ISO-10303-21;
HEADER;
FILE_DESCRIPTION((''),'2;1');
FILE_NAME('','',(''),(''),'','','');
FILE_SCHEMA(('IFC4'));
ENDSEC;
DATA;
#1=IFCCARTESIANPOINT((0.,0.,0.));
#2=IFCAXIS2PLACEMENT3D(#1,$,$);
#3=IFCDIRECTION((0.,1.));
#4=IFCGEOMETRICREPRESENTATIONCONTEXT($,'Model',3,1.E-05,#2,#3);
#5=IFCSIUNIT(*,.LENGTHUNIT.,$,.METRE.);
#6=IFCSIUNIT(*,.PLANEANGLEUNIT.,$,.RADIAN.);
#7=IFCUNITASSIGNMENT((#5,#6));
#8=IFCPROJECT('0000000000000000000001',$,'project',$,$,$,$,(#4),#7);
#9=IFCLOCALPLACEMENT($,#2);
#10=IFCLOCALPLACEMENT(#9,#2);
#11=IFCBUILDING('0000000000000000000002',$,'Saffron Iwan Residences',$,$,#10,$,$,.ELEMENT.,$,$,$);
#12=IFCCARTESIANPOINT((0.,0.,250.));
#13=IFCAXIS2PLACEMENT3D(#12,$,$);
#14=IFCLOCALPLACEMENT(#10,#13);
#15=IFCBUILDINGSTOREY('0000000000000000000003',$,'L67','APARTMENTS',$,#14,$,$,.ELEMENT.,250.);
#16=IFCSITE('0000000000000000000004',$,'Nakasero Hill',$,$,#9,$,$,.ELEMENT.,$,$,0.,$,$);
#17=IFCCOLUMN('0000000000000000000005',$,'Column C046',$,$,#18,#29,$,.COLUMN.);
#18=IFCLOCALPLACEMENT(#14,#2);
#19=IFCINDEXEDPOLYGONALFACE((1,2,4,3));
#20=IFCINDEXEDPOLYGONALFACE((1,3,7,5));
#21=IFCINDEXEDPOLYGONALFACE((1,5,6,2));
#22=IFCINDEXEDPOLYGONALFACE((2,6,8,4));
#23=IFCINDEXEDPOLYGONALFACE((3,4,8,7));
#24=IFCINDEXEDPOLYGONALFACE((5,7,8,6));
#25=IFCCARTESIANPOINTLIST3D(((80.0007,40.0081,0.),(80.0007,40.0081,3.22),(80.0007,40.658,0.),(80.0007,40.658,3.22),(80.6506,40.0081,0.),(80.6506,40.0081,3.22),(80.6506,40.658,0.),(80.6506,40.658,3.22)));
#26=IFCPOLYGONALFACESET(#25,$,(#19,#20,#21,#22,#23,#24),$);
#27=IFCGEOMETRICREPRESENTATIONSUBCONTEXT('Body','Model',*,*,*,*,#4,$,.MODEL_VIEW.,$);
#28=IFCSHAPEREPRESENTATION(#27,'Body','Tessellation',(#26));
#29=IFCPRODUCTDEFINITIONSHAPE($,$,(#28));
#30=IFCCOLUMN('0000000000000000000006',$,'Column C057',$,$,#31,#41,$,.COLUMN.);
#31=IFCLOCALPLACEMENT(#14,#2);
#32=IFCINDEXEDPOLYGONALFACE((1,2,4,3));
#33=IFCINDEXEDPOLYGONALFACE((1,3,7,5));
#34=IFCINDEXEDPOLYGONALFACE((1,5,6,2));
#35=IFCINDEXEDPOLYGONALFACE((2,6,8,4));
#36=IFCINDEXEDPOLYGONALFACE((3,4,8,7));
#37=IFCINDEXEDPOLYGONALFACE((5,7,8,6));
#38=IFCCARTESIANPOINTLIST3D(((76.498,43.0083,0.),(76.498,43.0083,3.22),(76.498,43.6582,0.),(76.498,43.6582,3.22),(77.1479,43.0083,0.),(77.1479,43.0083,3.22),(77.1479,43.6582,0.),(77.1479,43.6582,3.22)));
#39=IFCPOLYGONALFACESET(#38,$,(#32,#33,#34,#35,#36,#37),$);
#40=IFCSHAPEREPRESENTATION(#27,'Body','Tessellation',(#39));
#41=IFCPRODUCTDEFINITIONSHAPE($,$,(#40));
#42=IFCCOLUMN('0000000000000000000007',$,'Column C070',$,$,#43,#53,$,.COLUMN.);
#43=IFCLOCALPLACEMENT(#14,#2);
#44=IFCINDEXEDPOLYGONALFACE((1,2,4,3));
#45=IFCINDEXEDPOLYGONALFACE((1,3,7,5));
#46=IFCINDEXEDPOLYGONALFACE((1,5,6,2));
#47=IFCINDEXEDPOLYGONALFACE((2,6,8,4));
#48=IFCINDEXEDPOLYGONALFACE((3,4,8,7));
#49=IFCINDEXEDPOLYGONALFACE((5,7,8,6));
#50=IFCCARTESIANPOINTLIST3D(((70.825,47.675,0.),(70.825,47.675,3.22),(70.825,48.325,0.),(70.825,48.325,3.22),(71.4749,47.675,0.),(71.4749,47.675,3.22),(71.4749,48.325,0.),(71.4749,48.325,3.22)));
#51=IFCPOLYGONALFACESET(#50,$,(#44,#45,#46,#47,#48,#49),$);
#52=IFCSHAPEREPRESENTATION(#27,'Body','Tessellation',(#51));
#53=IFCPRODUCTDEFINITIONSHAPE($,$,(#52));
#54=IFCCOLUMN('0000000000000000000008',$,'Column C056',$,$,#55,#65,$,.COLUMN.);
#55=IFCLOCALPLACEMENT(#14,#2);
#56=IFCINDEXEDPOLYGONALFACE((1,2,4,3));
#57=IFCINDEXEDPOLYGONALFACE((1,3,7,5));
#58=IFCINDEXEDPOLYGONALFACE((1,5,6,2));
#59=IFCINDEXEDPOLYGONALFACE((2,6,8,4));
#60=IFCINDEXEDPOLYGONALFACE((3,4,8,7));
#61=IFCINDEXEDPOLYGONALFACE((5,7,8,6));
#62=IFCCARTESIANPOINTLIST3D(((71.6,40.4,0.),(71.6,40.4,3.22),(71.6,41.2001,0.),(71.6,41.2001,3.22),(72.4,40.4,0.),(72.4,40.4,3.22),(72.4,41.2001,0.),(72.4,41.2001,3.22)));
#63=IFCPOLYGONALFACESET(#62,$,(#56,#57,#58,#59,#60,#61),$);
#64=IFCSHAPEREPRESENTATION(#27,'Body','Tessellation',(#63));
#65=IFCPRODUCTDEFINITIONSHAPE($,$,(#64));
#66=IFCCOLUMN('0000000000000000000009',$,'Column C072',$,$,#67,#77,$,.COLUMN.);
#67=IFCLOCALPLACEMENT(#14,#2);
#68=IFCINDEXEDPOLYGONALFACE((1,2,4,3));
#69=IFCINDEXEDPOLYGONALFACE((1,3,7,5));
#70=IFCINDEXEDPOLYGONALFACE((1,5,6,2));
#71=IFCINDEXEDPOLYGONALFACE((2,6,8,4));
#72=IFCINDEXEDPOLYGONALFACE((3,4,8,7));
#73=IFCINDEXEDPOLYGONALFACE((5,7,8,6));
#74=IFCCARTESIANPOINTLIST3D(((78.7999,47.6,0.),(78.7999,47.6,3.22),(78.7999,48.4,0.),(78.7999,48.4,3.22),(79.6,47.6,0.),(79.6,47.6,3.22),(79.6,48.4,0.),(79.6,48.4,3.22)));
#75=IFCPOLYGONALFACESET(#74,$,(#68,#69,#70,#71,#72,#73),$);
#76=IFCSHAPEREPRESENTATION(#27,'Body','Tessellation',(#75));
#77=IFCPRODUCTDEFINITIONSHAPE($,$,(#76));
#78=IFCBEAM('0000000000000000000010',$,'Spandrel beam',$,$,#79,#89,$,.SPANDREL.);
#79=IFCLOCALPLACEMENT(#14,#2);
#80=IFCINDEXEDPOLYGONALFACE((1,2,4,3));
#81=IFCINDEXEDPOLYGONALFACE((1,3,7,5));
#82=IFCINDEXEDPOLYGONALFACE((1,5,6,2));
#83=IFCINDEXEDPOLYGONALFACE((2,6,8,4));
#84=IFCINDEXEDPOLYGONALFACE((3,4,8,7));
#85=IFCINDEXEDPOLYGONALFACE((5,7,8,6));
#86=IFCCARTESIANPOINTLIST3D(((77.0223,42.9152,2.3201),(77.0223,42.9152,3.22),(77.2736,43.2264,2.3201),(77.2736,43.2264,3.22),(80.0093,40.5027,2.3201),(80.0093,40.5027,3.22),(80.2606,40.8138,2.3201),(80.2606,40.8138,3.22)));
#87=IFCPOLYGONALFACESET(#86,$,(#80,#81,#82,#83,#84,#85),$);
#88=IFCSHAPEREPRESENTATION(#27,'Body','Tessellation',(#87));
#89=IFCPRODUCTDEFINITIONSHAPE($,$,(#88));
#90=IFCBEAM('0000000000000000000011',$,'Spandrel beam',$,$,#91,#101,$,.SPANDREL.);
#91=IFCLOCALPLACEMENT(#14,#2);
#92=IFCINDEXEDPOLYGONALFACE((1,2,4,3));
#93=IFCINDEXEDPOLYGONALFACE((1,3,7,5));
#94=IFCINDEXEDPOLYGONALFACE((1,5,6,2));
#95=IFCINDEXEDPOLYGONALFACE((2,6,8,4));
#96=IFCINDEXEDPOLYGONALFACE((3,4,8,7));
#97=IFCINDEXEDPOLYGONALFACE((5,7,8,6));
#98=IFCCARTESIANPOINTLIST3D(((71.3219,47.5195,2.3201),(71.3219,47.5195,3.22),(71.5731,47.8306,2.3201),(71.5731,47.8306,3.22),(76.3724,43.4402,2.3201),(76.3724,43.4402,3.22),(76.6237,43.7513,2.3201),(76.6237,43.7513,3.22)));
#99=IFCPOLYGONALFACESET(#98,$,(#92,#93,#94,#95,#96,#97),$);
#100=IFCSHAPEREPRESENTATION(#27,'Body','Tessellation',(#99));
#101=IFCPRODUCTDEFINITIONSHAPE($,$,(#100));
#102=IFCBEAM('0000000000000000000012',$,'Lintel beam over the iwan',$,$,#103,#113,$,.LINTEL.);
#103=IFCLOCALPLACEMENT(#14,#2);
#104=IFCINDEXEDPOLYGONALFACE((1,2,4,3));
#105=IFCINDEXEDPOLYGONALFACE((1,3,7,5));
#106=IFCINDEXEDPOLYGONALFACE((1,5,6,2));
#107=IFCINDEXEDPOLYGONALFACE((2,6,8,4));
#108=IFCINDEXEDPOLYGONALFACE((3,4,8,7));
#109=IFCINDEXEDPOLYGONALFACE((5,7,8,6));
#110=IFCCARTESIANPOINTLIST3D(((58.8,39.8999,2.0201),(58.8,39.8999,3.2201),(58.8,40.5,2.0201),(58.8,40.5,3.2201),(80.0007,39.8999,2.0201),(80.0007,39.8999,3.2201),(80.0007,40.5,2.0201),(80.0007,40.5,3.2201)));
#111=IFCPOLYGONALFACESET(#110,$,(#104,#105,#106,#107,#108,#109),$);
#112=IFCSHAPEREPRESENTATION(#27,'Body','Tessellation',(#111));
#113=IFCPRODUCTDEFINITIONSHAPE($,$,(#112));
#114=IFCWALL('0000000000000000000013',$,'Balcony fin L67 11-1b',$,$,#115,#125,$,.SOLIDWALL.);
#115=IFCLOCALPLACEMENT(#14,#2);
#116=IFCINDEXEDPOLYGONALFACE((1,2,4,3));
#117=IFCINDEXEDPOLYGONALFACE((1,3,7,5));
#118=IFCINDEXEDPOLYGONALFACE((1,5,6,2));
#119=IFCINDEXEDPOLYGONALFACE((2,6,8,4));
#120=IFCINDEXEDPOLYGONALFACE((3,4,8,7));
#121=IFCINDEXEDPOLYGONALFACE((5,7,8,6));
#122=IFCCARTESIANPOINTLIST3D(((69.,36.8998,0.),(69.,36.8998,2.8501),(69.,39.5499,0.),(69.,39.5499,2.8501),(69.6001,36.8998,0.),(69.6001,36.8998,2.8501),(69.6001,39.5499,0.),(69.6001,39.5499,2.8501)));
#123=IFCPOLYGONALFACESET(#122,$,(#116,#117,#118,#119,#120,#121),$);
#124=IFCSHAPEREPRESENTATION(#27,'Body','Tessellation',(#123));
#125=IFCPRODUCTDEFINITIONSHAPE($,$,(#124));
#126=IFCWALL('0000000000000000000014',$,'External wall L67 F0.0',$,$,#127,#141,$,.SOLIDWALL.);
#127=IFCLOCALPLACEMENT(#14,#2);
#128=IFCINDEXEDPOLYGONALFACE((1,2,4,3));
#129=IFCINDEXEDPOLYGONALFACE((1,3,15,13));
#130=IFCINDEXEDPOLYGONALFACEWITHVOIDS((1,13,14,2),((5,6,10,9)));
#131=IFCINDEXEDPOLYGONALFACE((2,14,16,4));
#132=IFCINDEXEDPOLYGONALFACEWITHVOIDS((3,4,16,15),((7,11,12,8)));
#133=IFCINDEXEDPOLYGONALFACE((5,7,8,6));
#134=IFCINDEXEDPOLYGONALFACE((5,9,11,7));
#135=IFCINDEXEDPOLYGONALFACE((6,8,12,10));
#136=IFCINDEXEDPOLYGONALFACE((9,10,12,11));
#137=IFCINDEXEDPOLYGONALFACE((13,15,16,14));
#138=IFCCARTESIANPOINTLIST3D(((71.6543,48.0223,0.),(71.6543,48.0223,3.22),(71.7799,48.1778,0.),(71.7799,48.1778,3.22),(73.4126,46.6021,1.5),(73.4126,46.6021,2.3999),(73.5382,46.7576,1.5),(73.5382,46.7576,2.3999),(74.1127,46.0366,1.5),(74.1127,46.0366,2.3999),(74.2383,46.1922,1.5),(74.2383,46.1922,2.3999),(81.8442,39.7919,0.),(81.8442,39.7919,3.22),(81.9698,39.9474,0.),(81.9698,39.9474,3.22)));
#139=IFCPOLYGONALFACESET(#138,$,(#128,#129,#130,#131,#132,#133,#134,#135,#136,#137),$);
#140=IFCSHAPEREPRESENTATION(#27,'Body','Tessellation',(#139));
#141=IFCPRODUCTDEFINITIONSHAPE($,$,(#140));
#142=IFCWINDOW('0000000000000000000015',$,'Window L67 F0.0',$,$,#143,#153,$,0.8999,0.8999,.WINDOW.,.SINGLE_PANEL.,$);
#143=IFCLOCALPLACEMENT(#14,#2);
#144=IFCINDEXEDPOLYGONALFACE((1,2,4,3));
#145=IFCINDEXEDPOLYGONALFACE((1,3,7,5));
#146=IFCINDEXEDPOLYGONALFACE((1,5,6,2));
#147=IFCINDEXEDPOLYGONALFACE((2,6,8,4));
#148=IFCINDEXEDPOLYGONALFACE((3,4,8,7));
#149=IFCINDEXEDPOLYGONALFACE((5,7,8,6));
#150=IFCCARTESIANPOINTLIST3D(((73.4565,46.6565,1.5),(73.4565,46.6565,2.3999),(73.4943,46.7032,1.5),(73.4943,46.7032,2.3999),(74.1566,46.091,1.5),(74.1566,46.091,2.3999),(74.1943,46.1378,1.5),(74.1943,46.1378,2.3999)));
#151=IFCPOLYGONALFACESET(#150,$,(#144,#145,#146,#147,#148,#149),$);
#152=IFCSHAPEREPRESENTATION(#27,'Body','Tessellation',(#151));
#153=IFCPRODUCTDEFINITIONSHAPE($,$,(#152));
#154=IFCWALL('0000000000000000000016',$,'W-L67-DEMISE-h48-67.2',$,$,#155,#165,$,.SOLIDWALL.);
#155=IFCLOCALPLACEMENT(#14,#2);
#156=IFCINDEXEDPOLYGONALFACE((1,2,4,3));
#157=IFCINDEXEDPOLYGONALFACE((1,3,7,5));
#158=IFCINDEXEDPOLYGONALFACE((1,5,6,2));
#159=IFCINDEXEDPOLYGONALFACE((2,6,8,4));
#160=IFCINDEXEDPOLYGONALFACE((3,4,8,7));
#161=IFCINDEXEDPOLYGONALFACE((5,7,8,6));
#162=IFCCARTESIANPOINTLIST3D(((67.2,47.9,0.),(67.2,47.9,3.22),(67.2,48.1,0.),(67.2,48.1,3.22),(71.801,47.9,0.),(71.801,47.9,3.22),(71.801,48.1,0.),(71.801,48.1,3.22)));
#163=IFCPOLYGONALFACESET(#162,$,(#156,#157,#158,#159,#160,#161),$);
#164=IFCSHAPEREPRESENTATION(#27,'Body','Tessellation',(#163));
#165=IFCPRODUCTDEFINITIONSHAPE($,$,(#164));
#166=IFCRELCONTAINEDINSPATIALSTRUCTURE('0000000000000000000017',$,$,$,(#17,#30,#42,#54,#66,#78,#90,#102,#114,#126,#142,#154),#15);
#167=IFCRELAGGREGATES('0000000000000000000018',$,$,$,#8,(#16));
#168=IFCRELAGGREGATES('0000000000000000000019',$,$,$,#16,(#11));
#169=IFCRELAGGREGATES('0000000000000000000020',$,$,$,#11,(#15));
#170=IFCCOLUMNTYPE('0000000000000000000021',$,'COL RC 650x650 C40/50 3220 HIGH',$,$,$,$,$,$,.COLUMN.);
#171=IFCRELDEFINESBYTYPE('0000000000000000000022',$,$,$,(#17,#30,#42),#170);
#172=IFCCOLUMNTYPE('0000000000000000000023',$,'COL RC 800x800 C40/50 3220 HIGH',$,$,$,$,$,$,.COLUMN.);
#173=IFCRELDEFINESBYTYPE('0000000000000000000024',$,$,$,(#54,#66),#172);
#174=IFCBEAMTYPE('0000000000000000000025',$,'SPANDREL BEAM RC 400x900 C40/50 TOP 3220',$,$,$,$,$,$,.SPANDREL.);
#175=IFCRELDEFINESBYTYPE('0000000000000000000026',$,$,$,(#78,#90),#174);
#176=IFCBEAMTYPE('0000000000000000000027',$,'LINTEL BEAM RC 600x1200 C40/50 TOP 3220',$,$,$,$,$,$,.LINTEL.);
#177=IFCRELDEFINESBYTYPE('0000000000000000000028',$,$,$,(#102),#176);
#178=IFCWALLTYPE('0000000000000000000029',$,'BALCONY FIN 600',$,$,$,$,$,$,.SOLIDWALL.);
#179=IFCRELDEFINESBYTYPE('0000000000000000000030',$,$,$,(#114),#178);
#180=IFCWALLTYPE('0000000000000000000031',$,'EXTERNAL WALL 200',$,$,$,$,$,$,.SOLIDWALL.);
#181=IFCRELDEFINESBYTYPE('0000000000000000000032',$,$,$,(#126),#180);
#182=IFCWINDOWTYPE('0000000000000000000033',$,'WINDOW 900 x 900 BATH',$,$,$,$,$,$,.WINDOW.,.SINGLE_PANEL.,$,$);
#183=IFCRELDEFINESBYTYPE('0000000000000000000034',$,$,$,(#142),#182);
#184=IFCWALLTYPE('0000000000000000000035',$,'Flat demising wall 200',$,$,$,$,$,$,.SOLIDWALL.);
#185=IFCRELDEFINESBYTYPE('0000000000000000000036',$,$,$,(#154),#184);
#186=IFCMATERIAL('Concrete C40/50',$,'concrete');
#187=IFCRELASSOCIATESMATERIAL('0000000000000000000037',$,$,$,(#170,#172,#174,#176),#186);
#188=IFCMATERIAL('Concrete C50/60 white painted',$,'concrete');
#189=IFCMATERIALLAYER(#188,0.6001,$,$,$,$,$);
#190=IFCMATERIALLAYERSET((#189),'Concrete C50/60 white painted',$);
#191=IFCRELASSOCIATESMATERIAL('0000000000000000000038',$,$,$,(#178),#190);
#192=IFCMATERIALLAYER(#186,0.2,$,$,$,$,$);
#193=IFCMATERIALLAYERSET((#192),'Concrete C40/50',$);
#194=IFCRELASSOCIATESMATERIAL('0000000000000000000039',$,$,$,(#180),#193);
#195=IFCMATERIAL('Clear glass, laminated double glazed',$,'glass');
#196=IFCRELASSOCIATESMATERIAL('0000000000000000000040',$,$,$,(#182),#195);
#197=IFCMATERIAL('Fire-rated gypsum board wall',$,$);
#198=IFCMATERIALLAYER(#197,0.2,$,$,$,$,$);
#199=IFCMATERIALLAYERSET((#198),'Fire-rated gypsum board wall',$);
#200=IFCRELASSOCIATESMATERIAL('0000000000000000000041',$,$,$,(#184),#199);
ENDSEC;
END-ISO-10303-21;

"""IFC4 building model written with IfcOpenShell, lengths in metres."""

from ifc_helpers import new_model, si_unit, direction, frame, frame_2d, origin, origin_2d, place, context, subcontext, project, spatial, rectangle, extrude, source, transform, mapped, material, layer, layer_set, material_profile, profile_set, type_object, element, fill, save


model = new_model("IFC4")

# Units and contexts
model_context = context("Model", 3, precision=1e-05, world=origin(), true_north=direction((0.0, 1.0)))
body_context = subcontext(model_context, "Body", "Model", "MODEL_VIEW")
ifc_project = project(units=[si_unit("LENGTHUNIT", "METRE"), si_unit("PLANEANGLEUNIT", "RADIAN")], contexts=[model_context])

# Site, building, storey
site_placement = place(None, origin())
site = spatial("IfcSite", under=ifc_project, at=site_placement, Name="Nakasero Hill", CompositionType="ELEMENT", RefElevation=0.0)
building_placement = place(site_placement, origin())
building = spatial("IfcBuilding", under=site, at=building_placement, Name="Saffron Iwan Residences", CompositionType="ELEMENT")
storey_placement = place(building_placement, frame((0.0, 0.0, 250.0)))
storey = spatial("IfcBuildingStorey", under=building, at=storey_placement, Name="L67", Description="APARTMENTS", CompositionType="ELEMENT", Elevation=250.0)

# Columns
ifc_material_1 = material(Name="Concrete C40/50", Category="concrete")
ifc_material_profile_1 = material_profile(ifc_material_1, rectangle(XDim=0.6499, YDim=0.6499, at=origin_2d()), Name="RC 650x650")
ifc_profile_set_1 = profile_set([ifc_material_profile_1], Name="Concrete C40/50")
column_type_1 = type_object("IfcColumnType", Name="COL RC 650x650 C40/50 3220 HIGH", PredefinedType="COLUMN", material=ifc_profile_set_1)
shared_shape_1 = source(origin(), body_context, "Body", "SweptSolid", [
    extrude(rectangle(XDim=0.6499, YDim=0.6499, at=origin_2d()), origin(), (0.0, 0.0, 1.0), 3.22),
])
for number, where, z_axis, x_axis, name in (
    (1, (80.3257, 40.333, 0.0), (0.0, 0.0, 1.0), (1.0, 0.0, 0.0), "Column C046"),
    (2, (76.823, 43.3333, 0.0), (0.0, 0.0, 1.0), (1.0, 0.0, 0.0), "Column C057"),
    (3, (71.1499, 48.0, 0.0), (0.0, 0.0, 1.0), (1.0, 0.0, 0.0), "Column C070"),
):
    element("IfcColumn", number, at=place(storey_placement, frame(where, z_axis=z_axis, x_axis=x_axis)), inside=storey, type_object=column_type_1, Name=name, PredefinedType="COLUMN", context=body_context, shape_type="MappedRepresentation", body=[
        mapped(shared_shape_1, transform((0.0, 0.0, 0.0))),
    ])
ifc_material_profile_2 = material_profile(ifc_material_1, rectangle(XDim=0.8, YDim=0.8, at=origin_2d()), Name="RC 800x800")
ifc_profile_set_2 = profile_set([ifc_material_profile_2], Name="Concrete C40/50")
column_type_2 = type_object("IfcColumnType", Name="COL RC 800x800 C40/50 3220 HIGH", PredefinedType="COLUMN", material=ifc_profile_set_2)
shared_shape_2 = source(origin(), body_context, "Body", "SweptSolid", [
    extrude(rectangle(XDim=0.8, YDim=0.8, at=origin_2d()), origin(), (0.0, 0.0, 1.0), 3.22),
])
for number, where, z_axis, x_axis, name in (
    (4, (72.0, 40.8, 0.0), (0.0, 0.0, 1.0), (1.0, 0.0, 0.0), "Column C056"),
    (5, (79.2, 48.0, 0.0), (0.0, 0.0, 1.0), (1.0, 0.0, 0.0), "Column C072"),
):
    element("IfcColumn", number, at=place(storey_placement, frame(where, z_axis=z_axis, x_axis=x_axis)), inside=storey, type_object=column_type_2, Name=name, PredefinedType="COLUMN", context=body_context, shape_type="MappedRepresentation", body=[
        mapped(shared_shape_2, transform((0.0, 0.0, 0.0))),
    ])

# Beams
ifc_material_profile_3 = material_profile(ifc_material_1, rectangle(XDim=0.3999, YDim=0.8999, at=origin_2d()), Name="RC 400x900")
ifc_profile_set_3 = profile_set([ifc_material_profile_3], Name="Concrete C40/50")
beam_type_1 = type_object("IfcBeamType", Name="SPANDREL BEAM RC 400x900 C40/50 TOP 3220", PredefinedType="SPANDREL", material=ifc_profile_set_3)
shared_shape_3 = source(origin(), body_context, "Body", "SweptSolid", [
    extrude(rectangle(XDim=0.3999, YDim=0.8999, at=origin_2d()), origin(), (0.0, 0.0, 1.0), 3.8396),
])
beam_1_placement = place(storey_placement, frame((77.1479, 43.0708, 2.77), z_axis=(0.777945, -0.628333, 0.0), x_axis=(0.628333, 0.777945, 0.0)))
element("IfcBeam", 6, at=beam_1_placement, inside=storey, type_object=beam_type_1, Name="Spandrel beam", PredefinedType="SPANDREL", context=body_context, shape_type="MappedRepresentation", body=[
    mapped(shared_shape_3, transform((0.0, 0.0, 0.0))),
])
shared_shape_4 = source(origin(), body_context, "Body", "SweptSolid", [
    extrude(rectangle(XDim=0.3999, YDim=0.8999, at=origin_2d()), origin(), (0.0, 0.0, 1.0), 6.4922),
])
beam_2_placement = place(storey_placement, frame((71.4475, 47.675, 2.77), z_axis=(0.777936, -0.628343, 0.0), x_axis=(0.628343, 0.777936, 0.0)))
element("IfcBeam", 7, at=beam_2_placement, inside=storey, type_object=beam_type_1, Name="Spandrel beam", PredefinedType="SPANDREL", context=body_context, shape_type="MappedRepresentation", body=[
    mapped(shared_shape_4, transform((0.0, 0.0, 0.0))),
])
ifc_material_profile_4 = material_profile(ifc_material_1, rectangle(XDim=0.6001, YDim=1.2, at=origin_2d()), Name="RC 600x1200")
ifc_profile_set_4 = profile_set([ifc_material_profile_4], Name="Concrete C40/50")
beam_type_2 = type_object("IfcBeamType", Name="LINTEL BEAM RC 600x1200 C40/50 TOP 3220", PredefinedType="LINTEL", material=ifc_profile_set_4)
shared_shape_5 = source(origin(), body_context, "Body", "SweptSolid", [
    extrude(rectangle(XDim=0.6001, YDim=1.2, at=origin_2d()), origin(), (0.0, 0.0, 1.0), 21.2007),
])
beam_3_placement = place(storey_placement, frame((80.0007, 40.2, 2.6201), z_axis=(-1.0, 0.0, 0.0), x_axis=(0.0, -1.0, 0.0)))
element("IfcBeam", 8, at=beam_3_placement, inside=storey, type_object=beam_type_2, Name="Lintel beam over the iwan", PredefinedType="LINTEL", context=body_context, shape_type="MappedRepresentation", body=[
    mapped(shared_shape_5, transform((0.0, 0.0, 0.0))),
])

# Wall
ifc_material_2 = material(Name="Concrete C50/60 white painted", Category="concrete")
ifc_layer_1 = layer(ifc_material_2, 0.6001)
ifc_layer_set_1 = layer_set([ifc_layer_1], Name="Concrete C50/60 white painted")
wall_type_1 = type_object("IfcWallType", Name="BALCONY FIN 600", PredefinedType="SOLIDWALL", material=ifc_layer_set_1)
wall_1_placement = place(storey_placement, frame((69.3, 39.55, 0.0), z_axis=(0.0, 0.0, 1.0), x_axis=(0.0, -1.0, 0.0)))
element("IfcWall", 9, at=wall_1_placement, inside=storey, type_object=wall_type_1, Name="Balcony fin L67 11-1b", PredefinedType="SOLIDWALL", context=body_context, shape_type="SweptSolid", body=[
    extrude(rectangle(XDim=2.6501, YDim=0.6001, at=frame_2d((1.3252, 0.0))), origin(), (0.0, 0.0, 1.0), 2.8501),
])

# Wall, opening, window
ifc_layer_2 = layer(ifc_material_1, 0.2)
ifc_layer_set_2 = layer_set([ifc_layer_2], Name="Concrete C40/50")
wall_type_2 = type_object("IfcWallType", Name="EXTERNAL WALL 200", PredefinedType="SOLIDWALL", material=ifc_layer_set_2)
wall_2_placement = place(storey_placement, frame((81.907, 39.8696, 0.0), z_axis=(0.0, 0.0, 1.0), x_axis=(-0.777936, 0.628343, 0.0)))
wall_2 = element("IfcWall", 10, at=wall_2_placement, inside=storey, type_object=wall_type_2, Name="External wall L67 F0.0", PredefinedType="SOLIDWALL", context=body_context, shape_type="SweptSolid", body=[
    extrude(rectangle(XDim=13.0986, YDim=0.2, at=frame_2d((6.5493, 0.0))), origin(), (0.0, 0.0, 1.0), 3.22),
])
opening_1_placement = place(wall_2_placement, frame((9.9385, 0.0, 1.5)))
opening_1 = element("IfcOpeningElement", 11, at=opening_1_placement, cuts=wall_2, PredefinedType="OPENING", context=body_context, shape_type="SweptSolid", body=[
    extrude(rectangle(XDim=0.8999, YDim=0.8999, at=frame_2d((0.45, 0.45))), frame((0.0, 0.1099, 0.0), z_axis=(0.0, -1.0, 0.0), x_axis=(1.0, 0.0, 0.0)), (0.0, 0.0, 1.0), 0.22),
])
ifc_material_3 = material(Name="Clear glass, laminated double glazed", Category="glass")
window_type = type_object("IfcWindowType", Name="WINDOW 900 x 900 BATH", PartitioningType="SINGLE_PANEL", PredefinedType="WINDOW", material=ifc_material_3)
window_placement = place(opening_1_placement, origin())
window = element("IfcWindow", 12, at=window_placement, inside=storey, type_object=window_type, Name="Window L67 F0.0", OverallHeight=0.8999, OverallWidth=0.8999, PartitioningType="SINGLE_PANEL", PredefinedType="WINDOW", context=body_context, shape_type="SweptSolid", body=[
    extrude(rectangle(XDim=0.8999, YDim=0.8999, at=frame_2d((0.45, 0.45))), frame((0.0, 0.03, 0.0), z_axis=(0.0, -1.0, 0.0), x_axis=(1.0, 0.0, 0.0)), (0.0, 0.0, 1.0), 0.0601),
])
fill(opening_1, window)

# Wall
ifc_material_4 = material(Name="Fire-rated gypsum board wall")
ifc_layer_3 = layer(ifc_material_4, 0.2)
ifc_layer_set_3 = layer_set([ifc_layer_3], Name="Fire-rated gypsum board wall")
wall_type_3 = type_object("IfcWallType", Name="Flat demising wall 200", PredefinedType="SOLIDWALL", material=ifc_layer_set_3)
wall_3_placement = place(storey_placement, frame((67.2, 48.0, 0.0), z_axis=(0.0, 0.0, 1.0), x_axis=(1.0, 0.0, 0.0)))
element("IfcWall", 13, at=wall_3_placement, inside=storey, type_object=wall_type_3, Name="W-L67-DEMISE-h48-67.2", PredefinedType="SOLIDWALL", context=body_context, shape_type="SweptSolid", body=[
    extrude(rectangle(XDim=4.6011, YDim=0.2, at=frame_2d((2.3005, 0.0))), origin(), (0.0, 0.0, 1.0), 3.22),
])

save(model, "model.ifc")
